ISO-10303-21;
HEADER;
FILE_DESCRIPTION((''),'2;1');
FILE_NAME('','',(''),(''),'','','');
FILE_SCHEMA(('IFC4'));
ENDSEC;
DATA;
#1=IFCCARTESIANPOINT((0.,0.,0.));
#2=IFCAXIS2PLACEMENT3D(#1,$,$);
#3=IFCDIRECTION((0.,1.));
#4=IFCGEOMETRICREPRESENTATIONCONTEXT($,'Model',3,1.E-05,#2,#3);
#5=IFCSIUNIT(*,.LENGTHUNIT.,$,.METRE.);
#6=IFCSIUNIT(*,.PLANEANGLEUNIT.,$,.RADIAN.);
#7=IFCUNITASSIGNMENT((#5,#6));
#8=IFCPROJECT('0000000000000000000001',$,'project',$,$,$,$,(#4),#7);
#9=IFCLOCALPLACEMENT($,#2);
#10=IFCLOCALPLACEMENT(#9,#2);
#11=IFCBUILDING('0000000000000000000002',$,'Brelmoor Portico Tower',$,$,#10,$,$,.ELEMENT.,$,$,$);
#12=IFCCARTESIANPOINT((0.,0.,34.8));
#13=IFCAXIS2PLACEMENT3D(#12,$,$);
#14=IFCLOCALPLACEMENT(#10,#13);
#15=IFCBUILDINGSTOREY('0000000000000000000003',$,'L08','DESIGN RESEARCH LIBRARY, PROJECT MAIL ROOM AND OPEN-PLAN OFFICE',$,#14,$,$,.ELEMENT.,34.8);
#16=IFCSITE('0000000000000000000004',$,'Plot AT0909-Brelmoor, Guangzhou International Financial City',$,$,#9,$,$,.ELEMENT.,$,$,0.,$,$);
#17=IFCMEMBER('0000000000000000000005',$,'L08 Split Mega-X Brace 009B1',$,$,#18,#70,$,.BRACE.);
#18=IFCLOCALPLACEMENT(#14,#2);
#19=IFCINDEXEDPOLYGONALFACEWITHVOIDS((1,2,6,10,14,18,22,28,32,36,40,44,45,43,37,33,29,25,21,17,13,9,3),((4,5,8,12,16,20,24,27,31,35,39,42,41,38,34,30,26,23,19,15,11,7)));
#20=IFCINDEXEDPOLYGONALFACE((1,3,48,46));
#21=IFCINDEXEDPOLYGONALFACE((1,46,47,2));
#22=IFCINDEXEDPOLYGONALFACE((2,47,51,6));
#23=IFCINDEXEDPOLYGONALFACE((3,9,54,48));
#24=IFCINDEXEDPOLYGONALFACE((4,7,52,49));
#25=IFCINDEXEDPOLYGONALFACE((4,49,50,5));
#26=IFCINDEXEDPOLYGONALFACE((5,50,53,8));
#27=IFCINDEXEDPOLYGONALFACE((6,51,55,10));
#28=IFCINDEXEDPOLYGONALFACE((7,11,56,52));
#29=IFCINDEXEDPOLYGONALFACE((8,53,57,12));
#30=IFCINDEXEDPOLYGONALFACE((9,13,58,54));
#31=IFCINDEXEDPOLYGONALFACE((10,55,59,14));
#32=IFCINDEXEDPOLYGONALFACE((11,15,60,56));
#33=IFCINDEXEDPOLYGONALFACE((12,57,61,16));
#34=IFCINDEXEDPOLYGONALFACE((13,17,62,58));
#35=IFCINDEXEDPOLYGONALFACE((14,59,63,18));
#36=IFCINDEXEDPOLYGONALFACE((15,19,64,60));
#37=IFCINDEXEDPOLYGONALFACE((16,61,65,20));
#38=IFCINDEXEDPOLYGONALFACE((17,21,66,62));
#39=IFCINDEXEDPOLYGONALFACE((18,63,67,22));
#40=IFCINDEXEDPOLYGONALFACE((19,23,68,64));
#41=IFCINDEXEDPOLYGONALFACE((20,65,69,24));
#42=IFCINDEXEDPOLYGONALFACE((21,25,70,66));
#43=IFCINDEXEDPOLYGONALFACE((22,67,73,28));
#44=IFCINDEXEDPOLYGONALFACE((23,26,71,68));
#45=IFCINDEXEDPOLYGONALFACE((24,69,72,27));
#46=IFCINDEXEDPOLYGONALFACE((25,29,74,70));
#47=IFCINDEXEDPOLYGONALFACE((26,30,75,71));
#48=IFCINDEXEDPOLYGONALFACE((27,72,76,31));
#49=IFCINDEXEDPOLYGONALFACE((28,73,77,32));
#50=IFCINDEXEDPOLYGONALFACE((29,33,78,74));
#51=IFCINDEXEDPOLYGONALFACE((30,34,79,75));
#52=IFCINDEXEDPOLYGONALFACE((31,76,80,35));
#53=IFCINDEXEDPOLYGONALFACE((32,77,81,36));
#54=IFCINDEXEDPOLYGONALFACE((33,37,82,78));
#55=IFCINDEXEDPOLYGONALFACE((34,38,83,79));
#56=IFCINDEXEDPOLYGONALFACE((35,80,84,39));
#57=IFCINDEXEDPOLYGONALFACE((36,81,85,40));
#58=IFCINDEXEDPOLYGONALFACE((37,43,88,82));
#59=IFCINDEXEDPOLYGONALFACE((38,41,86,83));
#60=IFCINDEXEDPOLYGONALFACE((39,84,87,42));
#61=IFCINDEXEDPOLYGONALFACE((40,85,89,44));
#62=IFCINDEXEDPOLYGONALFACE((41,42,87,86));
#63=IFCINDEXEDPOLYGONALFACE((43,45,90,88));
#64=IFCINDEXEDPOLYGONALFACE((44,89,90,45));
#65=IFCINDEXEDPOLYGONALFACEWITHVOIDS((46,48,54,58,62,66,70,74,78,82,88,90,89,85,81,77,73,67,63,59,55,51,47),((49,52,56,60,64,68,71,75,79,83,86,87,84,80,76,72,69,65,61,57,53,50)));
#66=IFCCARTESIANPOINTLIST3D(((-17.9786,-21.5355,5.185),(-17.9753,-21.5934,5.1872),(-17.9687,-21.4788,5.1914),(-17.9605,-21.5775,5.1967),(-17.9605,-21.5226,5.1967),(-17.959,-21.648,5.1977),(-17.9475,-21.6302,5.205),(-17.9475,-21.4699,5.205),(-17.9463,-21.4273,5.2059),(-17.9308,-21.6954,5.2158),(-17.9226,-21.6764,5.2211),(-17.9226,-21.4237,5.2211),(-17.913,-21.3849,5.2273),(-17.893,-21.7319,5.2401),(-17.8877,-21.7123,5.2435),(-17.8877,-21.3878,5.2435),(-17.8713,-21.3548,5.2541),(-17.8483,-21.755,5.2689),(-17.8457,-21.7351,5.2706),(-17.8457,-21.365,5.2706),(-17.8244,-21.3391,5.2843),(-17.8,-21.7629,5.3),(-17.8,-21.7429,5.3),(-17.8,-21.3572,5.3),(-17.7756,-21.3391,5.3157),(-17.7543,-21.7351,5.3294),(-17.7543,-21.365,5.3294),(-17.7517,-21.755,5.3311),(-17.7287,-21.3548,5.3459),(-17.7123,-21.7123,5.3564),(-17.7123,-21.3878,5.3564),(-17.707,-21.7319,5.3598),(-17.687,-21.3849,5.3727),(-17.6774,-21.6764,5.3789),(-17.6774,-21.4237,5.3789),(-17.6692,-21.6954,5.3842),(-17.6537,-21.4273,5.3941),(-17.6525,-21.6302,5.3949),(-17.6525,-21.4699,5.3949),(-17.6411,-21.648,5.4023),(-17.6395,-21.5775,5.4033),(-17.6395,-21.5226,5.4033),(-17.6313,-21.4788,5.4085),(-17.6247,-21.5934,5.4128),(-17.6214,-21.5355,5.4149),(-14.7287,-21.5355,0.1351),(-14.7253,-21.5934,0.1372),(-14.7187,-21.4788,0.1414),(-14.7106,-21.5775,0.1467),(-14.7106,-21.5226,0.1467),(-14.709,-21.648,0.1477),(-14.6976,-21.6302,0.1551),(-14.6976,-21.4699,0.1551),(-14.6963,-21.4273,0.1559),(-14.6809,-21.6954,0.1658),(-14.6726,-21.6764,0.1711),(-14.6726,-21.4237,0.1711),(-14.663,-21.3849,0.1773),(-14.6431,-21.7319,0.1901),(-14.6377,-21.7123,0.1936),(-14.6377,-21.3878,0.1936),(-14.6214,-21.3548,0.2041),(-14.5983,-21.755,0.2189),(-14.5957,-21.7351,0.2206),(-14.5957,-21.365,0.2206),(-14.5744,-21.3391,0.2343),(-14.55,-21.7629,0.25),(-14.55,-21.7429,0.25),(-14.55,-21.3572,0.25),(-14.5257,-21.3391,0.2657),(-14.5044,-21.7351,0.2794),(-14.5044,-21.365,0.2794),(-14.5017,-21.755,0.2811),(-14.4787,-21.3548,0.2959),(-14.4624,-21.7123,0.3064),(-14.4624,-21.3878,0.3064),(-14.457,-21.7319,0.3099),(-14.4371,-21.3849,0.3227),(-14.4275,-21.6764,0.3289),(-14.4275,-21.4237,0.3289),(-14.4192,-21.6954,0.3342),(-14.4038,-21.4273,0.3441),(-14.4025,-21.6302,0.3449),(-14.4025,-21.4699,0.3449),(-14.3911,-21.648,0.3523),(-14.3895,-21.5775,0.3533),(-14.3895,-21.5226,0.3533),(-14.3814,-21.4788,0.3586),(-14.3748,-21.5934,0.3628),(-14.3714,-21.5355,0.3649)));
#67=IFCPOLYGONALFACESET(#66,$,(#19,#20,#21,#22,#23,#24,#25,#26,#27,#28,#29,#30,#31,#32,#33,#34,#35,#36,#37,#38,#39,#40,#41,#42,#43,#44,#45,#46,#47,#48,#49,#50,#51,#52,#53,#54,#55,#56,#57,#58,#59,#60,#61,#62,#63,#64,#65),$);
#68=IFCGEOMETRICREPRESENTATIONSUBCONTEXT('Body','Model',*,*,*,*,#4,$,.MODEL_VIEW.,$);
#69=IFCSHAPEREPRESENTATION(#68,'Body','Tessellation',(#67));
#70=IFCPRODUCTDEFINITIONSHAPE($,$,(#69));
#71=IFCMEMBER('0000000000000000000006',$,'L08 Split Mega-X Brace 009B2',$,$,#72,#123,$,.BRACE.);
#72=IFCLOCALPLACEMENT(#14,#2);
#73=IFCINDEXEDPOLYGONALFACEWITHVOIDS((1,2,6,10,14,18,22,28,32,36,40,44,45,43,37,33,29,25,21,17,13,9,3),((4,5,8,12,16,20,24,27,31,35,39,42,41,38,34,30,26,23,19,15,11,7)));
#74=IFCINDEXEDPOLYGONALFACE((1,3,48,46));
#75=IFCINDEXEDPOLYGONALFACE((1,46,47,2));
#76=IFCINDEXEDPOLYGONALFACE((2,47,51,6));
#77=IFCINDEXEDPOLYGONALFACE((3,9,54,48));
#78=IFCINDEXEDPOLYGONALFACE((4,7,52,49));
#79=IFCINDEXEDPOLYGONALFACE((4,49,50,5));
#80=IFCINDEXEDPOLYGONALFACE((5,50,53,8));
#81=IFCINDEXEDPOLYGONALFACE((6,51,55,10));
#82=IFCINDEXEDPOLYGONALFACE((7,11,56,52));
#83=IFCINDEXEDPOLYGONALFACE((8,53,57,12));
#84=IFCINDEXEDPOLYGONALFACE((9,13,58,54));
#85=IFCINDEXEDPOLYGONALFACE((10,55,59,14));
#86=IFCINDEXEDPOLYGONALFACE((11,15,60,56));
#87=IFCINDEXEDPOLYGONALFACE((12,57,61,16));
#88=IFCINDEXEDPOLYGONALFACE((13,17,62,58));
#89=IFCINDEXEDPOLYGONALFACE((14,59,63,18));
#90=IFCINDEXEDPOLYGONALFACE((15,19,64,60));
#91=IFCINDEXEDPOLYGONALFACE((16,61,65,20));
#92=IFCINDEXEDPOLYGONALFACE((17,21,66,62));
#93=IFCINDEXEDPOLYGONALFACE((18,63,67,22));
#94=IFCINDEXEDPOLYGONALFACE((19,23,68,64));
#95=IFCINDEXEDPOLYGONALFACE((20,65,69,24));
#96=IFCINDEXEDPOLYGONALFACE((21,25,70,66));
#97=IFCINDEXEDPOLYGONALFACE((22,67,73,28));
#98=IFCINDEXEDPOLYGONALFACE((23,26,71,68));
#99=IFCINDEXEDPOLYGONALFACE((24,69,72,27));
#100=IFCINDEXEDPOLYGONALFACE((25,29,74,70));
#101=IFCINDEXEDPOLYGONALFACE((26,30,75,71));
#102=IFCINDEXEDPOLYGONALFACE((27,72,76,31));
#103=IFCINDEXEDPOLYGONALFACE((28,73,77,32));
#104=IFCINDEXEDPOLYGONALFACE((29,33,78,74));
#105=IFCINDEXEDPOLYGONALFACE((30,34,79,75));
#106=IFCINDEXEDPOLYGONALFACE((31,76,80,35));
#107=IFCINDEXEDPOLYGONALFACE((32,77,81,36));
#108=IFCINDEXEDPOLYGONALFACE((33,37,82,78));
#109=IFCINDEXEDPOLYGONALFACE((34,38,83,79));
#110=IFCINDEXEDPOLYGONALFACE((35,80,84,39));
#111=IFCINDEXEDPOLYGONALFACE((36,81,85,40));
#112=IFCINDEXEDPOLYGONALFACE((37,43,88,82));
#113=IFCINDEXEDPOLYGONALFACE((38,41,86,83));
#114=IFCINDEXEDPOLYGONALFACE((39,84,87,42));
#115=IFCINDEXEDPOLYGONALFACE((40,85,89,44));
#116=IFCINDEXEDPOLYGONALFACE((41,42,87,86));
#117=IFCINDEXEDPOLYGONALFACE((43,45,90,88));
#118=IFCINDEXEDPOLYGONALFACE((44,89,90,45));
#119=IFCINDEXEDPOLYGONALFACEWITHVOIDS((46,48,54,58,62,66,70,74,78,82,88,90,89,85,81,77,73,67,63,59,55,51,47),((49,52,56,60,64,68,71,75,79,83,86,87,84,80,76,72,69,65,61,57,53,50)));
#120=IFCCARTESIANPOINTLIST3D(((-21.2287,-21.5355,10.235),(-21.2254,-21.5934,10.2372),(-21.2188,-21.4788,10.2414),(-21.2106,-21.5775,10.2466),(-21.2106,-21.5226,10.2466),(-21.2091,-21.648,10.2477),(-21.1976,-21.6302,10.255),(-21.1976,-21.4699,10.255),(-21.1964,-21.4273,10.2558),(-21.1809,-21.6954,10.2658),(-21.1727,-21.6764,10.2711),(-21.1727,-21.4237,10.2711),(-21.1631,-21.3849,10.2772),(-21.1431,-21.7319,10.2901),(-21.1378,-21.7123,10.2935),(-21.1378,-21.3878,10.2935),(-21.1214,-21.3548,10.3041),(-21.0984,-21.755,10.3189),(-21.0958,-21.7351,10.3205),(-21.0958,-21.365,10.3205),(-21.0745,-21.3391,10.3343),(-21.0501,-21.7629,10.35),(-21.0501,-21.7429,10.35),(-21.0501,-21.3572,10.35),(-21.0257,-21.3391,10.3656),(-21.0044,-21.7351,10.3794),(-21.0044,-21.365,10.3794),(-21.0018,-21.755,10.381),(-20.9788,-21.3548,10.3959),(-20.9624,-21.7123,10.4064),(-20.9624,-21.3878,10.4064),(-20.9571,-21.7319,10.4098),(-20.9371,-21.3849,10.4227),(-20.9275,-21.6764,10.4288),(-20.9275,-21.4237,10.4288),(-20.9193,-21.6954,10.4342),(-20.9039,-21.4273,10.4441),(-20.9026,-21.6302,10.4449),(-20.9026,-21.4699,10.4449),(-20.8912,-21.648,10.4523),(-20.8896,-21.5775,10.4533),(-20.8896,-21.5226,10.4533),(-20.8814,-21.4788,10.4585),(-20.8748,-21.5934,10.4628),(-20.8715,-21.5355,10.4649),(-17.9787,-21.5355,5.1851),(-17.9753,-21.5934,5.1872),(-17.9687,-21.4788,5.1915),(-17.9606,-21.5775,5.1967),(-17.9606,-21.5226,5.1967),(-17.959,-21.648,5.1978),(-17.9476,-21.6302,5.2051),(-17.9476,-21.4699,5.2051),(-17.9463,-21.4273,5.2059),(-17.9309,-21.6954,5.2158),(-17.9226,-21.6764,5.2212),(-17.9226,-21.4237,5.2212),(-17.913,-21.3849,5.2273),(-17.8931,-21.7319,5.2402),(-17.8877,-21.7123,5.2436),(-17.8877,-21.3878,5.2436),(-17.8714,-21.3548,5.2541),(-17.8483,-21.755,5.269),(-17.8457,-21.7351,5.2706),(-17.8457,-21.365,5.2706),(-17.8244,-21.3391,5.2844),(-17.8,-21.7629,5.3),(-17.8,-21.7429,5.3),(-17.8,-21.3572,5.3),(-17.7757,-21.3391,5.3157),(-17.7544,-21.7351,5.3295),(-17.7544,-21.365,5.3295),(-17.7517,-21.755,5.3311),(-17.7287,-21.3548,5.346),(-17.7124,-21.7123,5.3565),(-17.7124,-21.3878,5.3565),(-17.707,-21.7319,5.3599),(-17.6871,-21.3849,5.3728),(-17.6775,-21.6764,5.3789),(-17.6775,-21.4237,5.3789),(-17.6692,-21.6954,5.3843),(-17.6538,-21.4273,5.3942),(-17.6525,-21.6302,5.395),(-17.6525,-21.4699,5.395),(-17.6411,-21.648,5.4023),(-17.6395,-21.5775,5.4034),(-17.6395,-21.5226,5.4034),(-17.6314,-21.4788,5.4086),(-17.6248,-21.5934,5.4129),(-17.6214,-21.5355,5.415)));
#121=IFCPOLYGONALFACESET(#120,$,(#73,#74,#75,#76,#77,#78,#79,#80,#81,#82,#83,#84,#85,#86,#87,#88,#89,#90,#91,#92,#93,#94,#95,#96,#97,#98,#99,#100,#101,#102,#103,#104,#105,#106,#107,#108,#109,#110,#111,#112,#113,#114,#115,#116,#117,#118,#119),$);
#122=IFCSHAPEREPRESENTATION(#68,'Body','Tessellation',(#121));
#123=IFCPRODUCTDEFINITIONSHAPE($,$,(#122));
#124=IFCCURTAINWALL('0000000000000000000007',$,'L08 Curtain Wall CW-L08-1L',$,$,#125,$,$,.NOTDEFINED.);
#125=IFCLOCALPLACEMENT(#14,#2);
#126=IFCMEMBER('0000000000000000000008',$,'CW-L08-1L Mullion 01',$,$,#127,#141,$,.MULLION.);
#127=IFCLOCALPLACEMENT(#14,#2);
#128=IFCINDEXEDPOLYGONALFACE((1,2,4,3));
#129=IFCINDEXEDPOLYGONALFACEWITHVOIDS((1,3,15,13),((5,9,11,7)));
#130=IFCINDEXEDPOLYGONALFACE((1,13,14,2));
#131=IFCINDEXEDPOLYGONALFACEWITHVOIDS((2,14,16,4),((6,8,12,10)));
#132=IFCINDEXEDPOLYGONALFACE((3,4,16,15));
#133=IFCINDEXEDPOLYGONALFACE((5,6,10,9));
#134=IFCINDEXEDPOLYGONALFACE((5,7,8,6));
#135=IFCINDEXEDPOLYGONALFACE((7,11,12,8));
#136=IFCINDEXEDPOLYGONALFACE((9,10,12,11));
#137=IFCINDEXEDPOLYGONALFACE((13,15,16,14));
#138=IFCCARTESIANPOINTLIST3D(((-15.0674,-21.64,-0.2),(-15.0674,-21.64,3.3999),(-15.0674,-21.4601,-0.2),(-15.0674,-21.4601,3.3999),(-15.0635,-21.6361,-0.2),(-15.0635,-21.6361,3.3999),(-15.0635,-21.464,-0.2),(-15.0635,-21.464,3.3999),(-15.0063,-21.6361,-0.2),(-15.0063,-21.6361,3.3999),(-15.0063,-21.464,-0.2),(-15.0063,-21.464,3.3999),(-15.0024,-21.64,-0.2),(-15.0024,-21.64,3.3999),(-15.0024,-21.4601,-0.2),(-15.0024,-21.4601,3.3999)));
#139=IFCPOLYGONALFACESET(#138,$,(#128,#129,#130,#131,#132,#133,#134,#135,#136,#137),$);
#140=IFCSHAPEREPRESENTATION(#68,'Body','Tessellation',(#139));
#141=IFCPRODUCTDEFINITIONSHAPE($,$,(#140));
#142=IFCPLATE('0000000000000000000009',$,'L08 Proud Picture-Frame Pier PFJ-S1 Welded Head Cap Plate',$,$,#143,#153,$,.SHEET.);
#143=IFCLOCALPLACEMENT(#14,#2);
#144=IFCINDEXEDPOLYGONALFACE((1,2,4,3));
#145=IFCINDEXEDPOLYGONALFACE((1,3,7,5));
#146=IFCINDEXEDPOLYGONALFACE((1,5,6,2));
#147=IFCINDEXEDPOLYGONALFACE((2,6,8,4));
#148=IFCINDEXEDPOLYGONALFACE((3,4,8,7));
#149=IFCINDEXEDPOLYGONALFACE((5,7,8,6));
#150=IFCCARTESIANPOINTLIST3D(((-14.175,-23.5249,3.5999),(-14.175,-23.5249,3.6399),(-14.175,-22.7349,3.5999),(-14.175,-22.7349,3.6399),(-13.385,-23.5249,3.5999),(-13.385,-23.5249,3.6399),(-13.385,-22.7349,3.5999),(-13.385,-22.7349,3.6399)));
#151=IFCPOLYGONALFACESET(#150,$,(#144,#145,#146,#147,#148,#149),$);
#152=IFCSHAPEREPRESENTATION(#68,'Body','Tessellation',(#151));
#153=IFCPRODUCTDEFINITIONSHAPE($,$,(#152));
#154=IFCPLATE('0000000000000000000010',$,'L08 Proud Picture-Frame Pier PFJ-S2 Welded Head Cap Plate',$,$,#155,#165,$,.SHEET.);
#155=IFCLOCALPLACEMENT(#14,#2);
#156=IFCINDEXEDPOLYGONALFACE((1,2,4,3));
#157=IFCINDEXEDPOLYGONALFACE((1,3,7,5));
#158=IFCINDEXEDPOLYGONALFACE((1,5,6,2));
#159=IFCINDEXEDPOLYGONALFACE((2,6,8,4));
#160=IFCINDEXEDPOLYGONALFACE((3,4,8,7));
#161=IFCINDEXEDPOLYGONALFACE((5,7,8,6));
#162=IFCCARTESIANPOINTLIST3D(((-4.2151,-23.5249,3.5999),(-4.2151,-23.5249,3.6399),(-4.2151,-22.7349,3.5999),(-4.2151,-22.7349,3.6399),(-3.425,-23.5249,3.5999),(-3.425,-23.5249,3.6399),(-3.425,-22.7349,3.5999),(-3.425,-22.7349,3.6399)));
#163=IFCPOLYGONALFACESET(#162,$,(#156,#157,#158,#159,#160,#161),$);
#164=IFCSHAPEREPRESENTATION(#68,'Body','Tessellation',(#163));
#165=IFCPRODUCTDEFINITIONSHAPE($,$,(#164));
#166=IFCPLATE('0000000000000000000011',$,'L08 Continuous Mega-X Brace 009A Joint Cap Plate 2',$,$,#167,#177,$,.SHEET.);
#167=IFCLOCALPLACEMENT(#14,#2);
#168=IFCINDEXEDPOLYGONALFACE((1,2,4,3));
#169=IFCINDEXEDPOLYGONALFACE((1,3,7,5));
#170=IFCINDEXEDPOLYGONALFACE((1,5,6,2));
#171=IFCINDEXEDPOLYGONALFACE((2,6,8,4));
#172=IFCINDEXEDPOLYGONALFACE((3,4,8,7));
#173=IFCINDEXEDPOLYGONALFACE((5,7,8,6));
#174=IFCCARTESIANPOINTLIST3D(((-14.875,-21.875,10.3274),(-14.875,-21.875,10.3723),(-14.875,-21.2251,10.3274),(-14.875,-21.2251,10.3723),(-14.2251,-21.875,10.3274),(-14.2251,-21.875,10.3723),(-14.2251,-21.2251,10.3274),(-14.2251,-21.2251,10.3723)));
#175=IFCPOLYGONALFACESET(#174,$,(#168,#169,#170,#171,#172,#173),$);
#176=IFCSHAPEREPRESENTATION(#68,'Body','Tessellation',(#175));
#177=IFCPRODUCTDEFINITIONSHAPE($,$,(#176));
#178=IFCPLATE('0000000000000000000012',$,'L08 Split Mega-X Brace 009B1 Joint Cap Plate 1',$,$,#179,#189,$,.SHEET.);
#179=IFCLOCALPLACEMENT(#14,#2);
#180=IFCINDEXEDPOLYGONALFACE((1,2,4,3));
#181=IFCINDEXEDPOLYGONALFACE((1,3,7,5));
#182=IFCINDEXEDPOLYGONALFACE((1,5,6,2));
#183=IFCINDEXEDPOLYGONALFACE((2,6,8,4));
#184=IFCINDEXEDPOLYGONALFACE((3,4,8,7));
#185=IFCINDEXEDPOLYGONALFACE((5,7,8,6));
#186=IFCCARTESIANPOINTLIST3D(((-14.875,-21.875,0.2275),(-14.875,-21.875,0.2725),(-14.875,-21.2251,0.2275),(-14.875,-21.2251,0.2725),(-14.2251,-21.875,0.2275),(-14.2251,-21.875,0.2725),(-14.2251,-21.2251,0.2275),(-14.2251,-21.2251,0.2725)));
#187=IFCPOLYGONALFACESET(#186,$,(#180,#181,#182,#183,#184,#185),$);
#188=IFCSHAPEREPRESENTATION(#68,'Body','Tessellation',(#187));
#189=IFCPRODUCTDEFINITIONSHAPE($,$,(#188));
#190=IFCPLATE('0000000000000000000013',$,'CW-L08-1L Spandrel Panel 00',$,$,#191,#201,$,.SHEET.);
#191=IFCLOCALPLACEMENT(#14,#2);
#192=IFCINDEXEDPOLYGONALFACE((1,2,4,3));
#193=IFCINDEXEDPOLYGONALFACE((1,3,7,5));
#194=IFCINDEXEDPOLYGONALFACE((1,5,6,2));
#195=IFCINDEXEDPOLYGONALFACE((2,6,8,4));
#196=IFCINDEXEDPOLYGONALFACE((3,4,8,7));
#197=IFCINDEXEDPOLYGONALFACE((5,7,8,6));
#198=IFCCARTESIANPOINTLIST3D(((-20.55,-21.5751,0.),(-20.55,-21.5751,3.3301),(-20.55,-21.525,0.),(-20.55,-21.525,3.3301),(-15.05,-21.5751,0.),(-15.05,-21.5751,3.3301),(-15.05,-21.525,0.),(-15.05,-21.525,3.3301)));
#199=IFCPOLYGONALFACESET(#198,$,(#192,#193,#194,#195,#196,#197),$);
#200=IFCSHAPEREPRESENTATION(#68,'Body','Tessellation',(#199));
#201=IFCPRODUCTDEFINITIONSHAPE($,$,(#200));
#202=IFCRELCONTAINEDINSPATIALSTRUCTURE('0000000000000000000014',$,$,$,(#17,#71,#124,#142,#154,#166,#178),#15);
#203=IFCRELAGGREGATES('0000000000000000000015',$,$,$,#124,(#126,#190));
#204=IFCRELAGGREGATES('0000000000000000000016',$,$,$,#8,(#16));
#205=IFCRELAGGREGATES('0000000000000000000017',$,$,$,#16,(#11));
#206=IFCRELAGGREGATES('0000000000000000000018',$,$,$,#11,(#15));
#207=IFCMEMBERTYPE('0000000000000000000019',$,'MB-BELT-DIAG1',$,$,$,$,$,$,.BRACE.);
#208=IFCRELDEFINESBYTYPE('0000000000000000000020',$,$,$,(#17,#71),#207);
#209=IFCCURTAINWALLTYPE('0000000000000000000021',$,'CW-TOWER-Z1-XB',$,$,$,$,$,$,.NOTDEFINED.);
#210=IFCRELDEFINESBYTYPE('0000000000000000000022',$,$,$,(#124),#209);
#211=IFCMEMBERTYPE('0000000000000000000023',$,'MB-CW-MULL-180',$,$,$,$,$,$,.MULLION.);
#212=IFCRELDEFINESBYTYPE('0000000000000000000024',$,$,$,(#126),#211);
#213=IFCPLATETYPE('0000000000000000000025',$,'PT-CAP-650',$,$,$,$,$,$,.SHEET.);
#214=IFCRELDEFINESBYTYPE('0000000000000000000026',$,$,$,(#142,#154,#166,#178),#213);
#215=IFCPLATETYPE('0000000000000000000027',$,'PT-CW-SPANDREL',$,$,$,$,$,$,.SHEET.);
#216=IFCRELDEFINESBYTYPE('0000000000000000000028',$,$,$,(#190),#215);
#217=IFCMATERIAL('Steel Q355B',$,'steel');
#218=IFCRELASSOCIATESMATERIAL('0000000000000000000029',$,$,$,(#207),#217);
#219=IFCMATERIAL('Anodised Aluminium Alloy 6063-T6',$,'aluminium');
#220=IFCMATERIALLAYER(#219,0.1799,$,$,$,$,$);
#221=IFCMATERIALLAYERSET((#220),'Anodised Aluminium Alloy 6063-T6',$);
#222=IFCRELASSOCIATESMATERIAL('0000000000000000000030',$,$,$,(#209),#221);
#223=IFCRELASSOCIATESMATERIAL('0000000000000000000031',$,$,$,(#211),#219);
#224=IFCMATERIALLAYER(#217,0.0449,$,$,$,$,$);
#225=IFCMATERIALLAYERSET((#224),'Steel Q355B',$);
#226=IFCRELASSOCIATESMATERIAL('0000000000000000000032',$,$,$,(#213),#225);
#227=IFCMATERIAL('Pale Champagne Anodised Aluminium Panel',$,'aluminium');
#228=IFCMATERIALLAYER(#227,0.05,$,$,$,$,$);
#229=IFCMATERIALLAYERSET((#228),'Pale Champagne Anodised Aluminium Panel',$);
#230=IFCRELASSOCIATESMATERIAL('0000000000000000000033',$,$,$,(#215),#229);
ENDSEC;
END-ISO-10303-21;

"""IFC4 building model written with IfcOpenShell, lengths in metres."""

from ifc_helpers import new_model, si_unit, direction, frame, origin, origin_2d, place, context, subcontext, project, spatial, rectangle, hollow_rectangle, hollow_circle, extrude, material, layer, layer_set, material_profile, profile_set, type_object, element, aggregate, save


model = new_model("IFC4")

# Units and contexts
model_context = context("Model", 3, precision=1e-05, world=origin(), true_north=direction((0.0, 1.0)))
body_context = subcontext(model_context, "Body", "Model", "MODEL_VIEW")
ifc_project = project(units=[si_unit("LENGTHUNIT", "METRE"), si_unit("PLANEANGLEUNIT", "RADIAN")], contexts=[model_context])

# Site, building, storey
site_placement = place(None, origin())
site = spatial("IfcSite", under=ifc_project, at=site_placement, Name="Plot AT0909-Brelmoor, Guangzhou International Financial City", CompositionType="ELEMENT", RefElevation=0.0)
building_placement = place(site_placement, origin())
building = spatial("IfcBuilding", under=site, at=building_placement, Name="Brelmoor Portico Tower", CompositionType="ELEMENT")
storey_placement = place(building_placement, frame((0.0, 0.0, 34.8)))
storey = spatial("IfcBuildingStorey", under=building, at=storey_placement, Name="L08", Description="DESIGN RESEARCH LIBRARY, PROJECT MAIL ROOM AND OPEN-PLAN OFFICE", CompositionType="ELEMENT", Elevation=34.8)

# Shared definitions
ifc_material_1 = material(Name="Steel Q355B", Category="steel")

# Members
ifc_material_profile_1 = material_profile(ifc_material_1, hollow_circle(Radius=0.2129, WallThickness=0.02, at=origin_2d()), Name="CHS 426x20")
ifc_profile_set_1 = profile_set([ifc_material_profile_1], Name="Steel Q355B")
member_type_1 = type_object("IfcMemberType", Name="MB-BELT-DIAG1", PredefinedType="BRACE", material=ifc_profile_set_1)
for number, where, z_axis, x_axis, name in (
    (1, (-14.55, -21.55, 0.25), (-0.541175, 0.0, 0.84091), (0.0, -1.0, 0.0), "L08 Split Mega-X Brace 009B1"),
    (2, (-17.8, -21.55, 5.3), (-0.541193, 0.0, 0.840898), (0.0, -1.0, 0.0), "L08 Split Mega-X Brace 009B2"),
):
    element("IfcMember", number, at=place(storey_placement, frame(where, z_axis=z_axis, x_axis=x_axis)), inside=storey, type_object=member_type_1, Name=name, PredefinedType="BRACE", context=body_context, shape_type="SweptSolid", body=[
        extrude(hollow_circle(Radius=0.2129, WallThickness=0.02, at=origin_2d()), origin(), (0.0, 0.0, 1.0), 6.0054),
    ])

# Curtain wall, member
ifc_material_2 = material(Name="Anodised Aluminium Alloy 6063-T6", Category="aluminium")
ifc_layer_1 = layer(ifc_material_2, 0.1799)
ifc_layer_set_1 = layer_set([ifc_layer_1], Name="Anodised Aluminium Alloy 6063-T6")
curtain_wall_type = type_object("IfcCurtainWallType", Name="CW-TOWER-Z1-XB", PredefinedType="NOTDEFINED", material=ifc_layer_set_1)
curtain_wall_placement = place(storey_placement, origin())
curtain_wall = element("IfcCurtainWall", 3, at=curtain_wall_placement, inside=storey, type_object=curtain_wall_type, Name="L08 Curtain Wall CW-L08-1L", PredefinedType="NOTDEFINED")
ifc_material_profile_2 = material_profile(ifc_material_2, hollow_rectangle(XDim=0.0649, YDim=0.1799, WallThickness=0.0039, at=origin_2d()), Name="ALU MULLION 65x180")
ifc_profile_set_2 = profile_set([ifc_material_profile_2], Name="Anodised Aluminium Alloy 6063-T6")
member_type_2 = type_object("IfcMemberType", Name="MB-CW-MULL-180", PredefinedType="MULLION", material=ifc_profile_set_2)
member_placement = place(storey_placement, frame((-15.0349, -21.55, -0.2), z_axis=(0.0, 0.0, 1.0), x_axis=(1.0, 0.0, 0.0)))
member = element("IfcMember", 4, at=member_placement, type_object=member_type_2, Name="CW-L08-1L Mullion 01", PredefinedType="MULLION", context=body_context, shape_type="SweptSolid", body=[
    extrude(hollow_rectangle(XDim=0.0649, YDim=0.1799, WallThickness=0.0039, at=origin_2d()), origin(), (0.0, 0.0, 1.0), 3.5999),
])

# Plates
ifc_layer_2 = layer(ifc_material_1, 0.0449)
ifc_layer_set_2 = layer_set([ifc_layer_2], Name="Steel Q355B")
plate_type_1 = type_object("IfcPlateType", Name="PT-CAP-650", PredefinedType="SHEET", material=ifc_layer_set_2)
for number, where, z_axis, x_axis, name in (
    (5, (-13.78, -23.1299, 3.5999), (0.0, 0.0, 1.0), (1.0, 0.0, 0.0), "L08 Proud Picture-Frame Pier PFJ-S1 Welded Head Cap Plate"),
    (6, (-3.8201, -23.1299, 3.5999), (0.0, 0.0, 1.0), (1.0, 0.0, 0.0), "L08 Proud Picture-Frame Pier PFJ-S2 Welded Head Cap Plate"),
):
    element("IfcPlate", number, at=place(storey_placement, frame(where, z_axis=z_axis, x_axis=x_axis)), inside=storey, type_object=plate_type_1, Name=name, PredefinedType="SHEET", context=body_context, shape_type="SweptSolid", body=[
        extrude(rectangle(XDim=0.79, YDim=0.79, at=origin_2d()), origin(), (0.0, 0.0, 1.0), 0.04),
    ])
for number, where, z_axis, x_axis, name in (
    (7, (-14.55, -21.55, 10.3274), (0.0, 0.0, 1.0), (1.0, 0.0, 0.0), "L08 Continuous Mega-X Brace 009A Joint Cap Plate 2"),
    (8, (-14.55, -21.55, 0.2275), (0.0, 0.0, 1.0), (1.0, 0.0, 0.0), "L08 Split Mega-X Brace 009B1 Joint Cap Plate 1"),
):
    element("IfcPlate", number, at=place(storey_placement, frame(where, z_axis=z_axis, x_axis=x_axis)), inside=storey, type_object=plate_type_1, Name=name, PredefinedType="SHEET", context=body_context, shape_type="SweptSolid", body=[
        extrude(rectangle(XDim=0.6499, YDim=0.6499, at=origin_2d()), origin(), (0.0, 0.0, 1.0), 0.0449),
    ])

# Plate
ifc_material_3 = material(Name="Pale Champagne Anodised Aluminium Panel", Category="aluminium")
ifc_layer_3 = layer(ifc_material_3, 0.05)
ifc_layer_set_3 = layer_set([ifc_layer_3], Name="Pale Champagne Anodised Aluminium Panel")
plate_type_2 = type_object("IfcPlateType", Name="PT-CW-SPANDREL", PredefinedType="SHEET", material=ifc_layer_set_3)
plate_1_placement = place(storey_placement, frame((-17.8, -21.55, 0.0), z_axis=(0.0, 0.0, 1.0), x_axis=(1.0, 0.0, 0.0)))
plate_1 = element("IfcPlate", 9, at=plate_1_placement, type_object=plate_type_2, Name="CW-L08-1L Spandrel Panel 00", PredefinedType="SHEET", context=body_context, shape_type="SweptSolid", body=[
    extrude(rectangle(XDim=5.5, YDim=0.05, at=origin_2d()), origin(), (0.0, 0.0, 1.0), 3.3301),
])
aggregate(curtain_wall, [member, plate_1])

save(model, "model.ifc")
